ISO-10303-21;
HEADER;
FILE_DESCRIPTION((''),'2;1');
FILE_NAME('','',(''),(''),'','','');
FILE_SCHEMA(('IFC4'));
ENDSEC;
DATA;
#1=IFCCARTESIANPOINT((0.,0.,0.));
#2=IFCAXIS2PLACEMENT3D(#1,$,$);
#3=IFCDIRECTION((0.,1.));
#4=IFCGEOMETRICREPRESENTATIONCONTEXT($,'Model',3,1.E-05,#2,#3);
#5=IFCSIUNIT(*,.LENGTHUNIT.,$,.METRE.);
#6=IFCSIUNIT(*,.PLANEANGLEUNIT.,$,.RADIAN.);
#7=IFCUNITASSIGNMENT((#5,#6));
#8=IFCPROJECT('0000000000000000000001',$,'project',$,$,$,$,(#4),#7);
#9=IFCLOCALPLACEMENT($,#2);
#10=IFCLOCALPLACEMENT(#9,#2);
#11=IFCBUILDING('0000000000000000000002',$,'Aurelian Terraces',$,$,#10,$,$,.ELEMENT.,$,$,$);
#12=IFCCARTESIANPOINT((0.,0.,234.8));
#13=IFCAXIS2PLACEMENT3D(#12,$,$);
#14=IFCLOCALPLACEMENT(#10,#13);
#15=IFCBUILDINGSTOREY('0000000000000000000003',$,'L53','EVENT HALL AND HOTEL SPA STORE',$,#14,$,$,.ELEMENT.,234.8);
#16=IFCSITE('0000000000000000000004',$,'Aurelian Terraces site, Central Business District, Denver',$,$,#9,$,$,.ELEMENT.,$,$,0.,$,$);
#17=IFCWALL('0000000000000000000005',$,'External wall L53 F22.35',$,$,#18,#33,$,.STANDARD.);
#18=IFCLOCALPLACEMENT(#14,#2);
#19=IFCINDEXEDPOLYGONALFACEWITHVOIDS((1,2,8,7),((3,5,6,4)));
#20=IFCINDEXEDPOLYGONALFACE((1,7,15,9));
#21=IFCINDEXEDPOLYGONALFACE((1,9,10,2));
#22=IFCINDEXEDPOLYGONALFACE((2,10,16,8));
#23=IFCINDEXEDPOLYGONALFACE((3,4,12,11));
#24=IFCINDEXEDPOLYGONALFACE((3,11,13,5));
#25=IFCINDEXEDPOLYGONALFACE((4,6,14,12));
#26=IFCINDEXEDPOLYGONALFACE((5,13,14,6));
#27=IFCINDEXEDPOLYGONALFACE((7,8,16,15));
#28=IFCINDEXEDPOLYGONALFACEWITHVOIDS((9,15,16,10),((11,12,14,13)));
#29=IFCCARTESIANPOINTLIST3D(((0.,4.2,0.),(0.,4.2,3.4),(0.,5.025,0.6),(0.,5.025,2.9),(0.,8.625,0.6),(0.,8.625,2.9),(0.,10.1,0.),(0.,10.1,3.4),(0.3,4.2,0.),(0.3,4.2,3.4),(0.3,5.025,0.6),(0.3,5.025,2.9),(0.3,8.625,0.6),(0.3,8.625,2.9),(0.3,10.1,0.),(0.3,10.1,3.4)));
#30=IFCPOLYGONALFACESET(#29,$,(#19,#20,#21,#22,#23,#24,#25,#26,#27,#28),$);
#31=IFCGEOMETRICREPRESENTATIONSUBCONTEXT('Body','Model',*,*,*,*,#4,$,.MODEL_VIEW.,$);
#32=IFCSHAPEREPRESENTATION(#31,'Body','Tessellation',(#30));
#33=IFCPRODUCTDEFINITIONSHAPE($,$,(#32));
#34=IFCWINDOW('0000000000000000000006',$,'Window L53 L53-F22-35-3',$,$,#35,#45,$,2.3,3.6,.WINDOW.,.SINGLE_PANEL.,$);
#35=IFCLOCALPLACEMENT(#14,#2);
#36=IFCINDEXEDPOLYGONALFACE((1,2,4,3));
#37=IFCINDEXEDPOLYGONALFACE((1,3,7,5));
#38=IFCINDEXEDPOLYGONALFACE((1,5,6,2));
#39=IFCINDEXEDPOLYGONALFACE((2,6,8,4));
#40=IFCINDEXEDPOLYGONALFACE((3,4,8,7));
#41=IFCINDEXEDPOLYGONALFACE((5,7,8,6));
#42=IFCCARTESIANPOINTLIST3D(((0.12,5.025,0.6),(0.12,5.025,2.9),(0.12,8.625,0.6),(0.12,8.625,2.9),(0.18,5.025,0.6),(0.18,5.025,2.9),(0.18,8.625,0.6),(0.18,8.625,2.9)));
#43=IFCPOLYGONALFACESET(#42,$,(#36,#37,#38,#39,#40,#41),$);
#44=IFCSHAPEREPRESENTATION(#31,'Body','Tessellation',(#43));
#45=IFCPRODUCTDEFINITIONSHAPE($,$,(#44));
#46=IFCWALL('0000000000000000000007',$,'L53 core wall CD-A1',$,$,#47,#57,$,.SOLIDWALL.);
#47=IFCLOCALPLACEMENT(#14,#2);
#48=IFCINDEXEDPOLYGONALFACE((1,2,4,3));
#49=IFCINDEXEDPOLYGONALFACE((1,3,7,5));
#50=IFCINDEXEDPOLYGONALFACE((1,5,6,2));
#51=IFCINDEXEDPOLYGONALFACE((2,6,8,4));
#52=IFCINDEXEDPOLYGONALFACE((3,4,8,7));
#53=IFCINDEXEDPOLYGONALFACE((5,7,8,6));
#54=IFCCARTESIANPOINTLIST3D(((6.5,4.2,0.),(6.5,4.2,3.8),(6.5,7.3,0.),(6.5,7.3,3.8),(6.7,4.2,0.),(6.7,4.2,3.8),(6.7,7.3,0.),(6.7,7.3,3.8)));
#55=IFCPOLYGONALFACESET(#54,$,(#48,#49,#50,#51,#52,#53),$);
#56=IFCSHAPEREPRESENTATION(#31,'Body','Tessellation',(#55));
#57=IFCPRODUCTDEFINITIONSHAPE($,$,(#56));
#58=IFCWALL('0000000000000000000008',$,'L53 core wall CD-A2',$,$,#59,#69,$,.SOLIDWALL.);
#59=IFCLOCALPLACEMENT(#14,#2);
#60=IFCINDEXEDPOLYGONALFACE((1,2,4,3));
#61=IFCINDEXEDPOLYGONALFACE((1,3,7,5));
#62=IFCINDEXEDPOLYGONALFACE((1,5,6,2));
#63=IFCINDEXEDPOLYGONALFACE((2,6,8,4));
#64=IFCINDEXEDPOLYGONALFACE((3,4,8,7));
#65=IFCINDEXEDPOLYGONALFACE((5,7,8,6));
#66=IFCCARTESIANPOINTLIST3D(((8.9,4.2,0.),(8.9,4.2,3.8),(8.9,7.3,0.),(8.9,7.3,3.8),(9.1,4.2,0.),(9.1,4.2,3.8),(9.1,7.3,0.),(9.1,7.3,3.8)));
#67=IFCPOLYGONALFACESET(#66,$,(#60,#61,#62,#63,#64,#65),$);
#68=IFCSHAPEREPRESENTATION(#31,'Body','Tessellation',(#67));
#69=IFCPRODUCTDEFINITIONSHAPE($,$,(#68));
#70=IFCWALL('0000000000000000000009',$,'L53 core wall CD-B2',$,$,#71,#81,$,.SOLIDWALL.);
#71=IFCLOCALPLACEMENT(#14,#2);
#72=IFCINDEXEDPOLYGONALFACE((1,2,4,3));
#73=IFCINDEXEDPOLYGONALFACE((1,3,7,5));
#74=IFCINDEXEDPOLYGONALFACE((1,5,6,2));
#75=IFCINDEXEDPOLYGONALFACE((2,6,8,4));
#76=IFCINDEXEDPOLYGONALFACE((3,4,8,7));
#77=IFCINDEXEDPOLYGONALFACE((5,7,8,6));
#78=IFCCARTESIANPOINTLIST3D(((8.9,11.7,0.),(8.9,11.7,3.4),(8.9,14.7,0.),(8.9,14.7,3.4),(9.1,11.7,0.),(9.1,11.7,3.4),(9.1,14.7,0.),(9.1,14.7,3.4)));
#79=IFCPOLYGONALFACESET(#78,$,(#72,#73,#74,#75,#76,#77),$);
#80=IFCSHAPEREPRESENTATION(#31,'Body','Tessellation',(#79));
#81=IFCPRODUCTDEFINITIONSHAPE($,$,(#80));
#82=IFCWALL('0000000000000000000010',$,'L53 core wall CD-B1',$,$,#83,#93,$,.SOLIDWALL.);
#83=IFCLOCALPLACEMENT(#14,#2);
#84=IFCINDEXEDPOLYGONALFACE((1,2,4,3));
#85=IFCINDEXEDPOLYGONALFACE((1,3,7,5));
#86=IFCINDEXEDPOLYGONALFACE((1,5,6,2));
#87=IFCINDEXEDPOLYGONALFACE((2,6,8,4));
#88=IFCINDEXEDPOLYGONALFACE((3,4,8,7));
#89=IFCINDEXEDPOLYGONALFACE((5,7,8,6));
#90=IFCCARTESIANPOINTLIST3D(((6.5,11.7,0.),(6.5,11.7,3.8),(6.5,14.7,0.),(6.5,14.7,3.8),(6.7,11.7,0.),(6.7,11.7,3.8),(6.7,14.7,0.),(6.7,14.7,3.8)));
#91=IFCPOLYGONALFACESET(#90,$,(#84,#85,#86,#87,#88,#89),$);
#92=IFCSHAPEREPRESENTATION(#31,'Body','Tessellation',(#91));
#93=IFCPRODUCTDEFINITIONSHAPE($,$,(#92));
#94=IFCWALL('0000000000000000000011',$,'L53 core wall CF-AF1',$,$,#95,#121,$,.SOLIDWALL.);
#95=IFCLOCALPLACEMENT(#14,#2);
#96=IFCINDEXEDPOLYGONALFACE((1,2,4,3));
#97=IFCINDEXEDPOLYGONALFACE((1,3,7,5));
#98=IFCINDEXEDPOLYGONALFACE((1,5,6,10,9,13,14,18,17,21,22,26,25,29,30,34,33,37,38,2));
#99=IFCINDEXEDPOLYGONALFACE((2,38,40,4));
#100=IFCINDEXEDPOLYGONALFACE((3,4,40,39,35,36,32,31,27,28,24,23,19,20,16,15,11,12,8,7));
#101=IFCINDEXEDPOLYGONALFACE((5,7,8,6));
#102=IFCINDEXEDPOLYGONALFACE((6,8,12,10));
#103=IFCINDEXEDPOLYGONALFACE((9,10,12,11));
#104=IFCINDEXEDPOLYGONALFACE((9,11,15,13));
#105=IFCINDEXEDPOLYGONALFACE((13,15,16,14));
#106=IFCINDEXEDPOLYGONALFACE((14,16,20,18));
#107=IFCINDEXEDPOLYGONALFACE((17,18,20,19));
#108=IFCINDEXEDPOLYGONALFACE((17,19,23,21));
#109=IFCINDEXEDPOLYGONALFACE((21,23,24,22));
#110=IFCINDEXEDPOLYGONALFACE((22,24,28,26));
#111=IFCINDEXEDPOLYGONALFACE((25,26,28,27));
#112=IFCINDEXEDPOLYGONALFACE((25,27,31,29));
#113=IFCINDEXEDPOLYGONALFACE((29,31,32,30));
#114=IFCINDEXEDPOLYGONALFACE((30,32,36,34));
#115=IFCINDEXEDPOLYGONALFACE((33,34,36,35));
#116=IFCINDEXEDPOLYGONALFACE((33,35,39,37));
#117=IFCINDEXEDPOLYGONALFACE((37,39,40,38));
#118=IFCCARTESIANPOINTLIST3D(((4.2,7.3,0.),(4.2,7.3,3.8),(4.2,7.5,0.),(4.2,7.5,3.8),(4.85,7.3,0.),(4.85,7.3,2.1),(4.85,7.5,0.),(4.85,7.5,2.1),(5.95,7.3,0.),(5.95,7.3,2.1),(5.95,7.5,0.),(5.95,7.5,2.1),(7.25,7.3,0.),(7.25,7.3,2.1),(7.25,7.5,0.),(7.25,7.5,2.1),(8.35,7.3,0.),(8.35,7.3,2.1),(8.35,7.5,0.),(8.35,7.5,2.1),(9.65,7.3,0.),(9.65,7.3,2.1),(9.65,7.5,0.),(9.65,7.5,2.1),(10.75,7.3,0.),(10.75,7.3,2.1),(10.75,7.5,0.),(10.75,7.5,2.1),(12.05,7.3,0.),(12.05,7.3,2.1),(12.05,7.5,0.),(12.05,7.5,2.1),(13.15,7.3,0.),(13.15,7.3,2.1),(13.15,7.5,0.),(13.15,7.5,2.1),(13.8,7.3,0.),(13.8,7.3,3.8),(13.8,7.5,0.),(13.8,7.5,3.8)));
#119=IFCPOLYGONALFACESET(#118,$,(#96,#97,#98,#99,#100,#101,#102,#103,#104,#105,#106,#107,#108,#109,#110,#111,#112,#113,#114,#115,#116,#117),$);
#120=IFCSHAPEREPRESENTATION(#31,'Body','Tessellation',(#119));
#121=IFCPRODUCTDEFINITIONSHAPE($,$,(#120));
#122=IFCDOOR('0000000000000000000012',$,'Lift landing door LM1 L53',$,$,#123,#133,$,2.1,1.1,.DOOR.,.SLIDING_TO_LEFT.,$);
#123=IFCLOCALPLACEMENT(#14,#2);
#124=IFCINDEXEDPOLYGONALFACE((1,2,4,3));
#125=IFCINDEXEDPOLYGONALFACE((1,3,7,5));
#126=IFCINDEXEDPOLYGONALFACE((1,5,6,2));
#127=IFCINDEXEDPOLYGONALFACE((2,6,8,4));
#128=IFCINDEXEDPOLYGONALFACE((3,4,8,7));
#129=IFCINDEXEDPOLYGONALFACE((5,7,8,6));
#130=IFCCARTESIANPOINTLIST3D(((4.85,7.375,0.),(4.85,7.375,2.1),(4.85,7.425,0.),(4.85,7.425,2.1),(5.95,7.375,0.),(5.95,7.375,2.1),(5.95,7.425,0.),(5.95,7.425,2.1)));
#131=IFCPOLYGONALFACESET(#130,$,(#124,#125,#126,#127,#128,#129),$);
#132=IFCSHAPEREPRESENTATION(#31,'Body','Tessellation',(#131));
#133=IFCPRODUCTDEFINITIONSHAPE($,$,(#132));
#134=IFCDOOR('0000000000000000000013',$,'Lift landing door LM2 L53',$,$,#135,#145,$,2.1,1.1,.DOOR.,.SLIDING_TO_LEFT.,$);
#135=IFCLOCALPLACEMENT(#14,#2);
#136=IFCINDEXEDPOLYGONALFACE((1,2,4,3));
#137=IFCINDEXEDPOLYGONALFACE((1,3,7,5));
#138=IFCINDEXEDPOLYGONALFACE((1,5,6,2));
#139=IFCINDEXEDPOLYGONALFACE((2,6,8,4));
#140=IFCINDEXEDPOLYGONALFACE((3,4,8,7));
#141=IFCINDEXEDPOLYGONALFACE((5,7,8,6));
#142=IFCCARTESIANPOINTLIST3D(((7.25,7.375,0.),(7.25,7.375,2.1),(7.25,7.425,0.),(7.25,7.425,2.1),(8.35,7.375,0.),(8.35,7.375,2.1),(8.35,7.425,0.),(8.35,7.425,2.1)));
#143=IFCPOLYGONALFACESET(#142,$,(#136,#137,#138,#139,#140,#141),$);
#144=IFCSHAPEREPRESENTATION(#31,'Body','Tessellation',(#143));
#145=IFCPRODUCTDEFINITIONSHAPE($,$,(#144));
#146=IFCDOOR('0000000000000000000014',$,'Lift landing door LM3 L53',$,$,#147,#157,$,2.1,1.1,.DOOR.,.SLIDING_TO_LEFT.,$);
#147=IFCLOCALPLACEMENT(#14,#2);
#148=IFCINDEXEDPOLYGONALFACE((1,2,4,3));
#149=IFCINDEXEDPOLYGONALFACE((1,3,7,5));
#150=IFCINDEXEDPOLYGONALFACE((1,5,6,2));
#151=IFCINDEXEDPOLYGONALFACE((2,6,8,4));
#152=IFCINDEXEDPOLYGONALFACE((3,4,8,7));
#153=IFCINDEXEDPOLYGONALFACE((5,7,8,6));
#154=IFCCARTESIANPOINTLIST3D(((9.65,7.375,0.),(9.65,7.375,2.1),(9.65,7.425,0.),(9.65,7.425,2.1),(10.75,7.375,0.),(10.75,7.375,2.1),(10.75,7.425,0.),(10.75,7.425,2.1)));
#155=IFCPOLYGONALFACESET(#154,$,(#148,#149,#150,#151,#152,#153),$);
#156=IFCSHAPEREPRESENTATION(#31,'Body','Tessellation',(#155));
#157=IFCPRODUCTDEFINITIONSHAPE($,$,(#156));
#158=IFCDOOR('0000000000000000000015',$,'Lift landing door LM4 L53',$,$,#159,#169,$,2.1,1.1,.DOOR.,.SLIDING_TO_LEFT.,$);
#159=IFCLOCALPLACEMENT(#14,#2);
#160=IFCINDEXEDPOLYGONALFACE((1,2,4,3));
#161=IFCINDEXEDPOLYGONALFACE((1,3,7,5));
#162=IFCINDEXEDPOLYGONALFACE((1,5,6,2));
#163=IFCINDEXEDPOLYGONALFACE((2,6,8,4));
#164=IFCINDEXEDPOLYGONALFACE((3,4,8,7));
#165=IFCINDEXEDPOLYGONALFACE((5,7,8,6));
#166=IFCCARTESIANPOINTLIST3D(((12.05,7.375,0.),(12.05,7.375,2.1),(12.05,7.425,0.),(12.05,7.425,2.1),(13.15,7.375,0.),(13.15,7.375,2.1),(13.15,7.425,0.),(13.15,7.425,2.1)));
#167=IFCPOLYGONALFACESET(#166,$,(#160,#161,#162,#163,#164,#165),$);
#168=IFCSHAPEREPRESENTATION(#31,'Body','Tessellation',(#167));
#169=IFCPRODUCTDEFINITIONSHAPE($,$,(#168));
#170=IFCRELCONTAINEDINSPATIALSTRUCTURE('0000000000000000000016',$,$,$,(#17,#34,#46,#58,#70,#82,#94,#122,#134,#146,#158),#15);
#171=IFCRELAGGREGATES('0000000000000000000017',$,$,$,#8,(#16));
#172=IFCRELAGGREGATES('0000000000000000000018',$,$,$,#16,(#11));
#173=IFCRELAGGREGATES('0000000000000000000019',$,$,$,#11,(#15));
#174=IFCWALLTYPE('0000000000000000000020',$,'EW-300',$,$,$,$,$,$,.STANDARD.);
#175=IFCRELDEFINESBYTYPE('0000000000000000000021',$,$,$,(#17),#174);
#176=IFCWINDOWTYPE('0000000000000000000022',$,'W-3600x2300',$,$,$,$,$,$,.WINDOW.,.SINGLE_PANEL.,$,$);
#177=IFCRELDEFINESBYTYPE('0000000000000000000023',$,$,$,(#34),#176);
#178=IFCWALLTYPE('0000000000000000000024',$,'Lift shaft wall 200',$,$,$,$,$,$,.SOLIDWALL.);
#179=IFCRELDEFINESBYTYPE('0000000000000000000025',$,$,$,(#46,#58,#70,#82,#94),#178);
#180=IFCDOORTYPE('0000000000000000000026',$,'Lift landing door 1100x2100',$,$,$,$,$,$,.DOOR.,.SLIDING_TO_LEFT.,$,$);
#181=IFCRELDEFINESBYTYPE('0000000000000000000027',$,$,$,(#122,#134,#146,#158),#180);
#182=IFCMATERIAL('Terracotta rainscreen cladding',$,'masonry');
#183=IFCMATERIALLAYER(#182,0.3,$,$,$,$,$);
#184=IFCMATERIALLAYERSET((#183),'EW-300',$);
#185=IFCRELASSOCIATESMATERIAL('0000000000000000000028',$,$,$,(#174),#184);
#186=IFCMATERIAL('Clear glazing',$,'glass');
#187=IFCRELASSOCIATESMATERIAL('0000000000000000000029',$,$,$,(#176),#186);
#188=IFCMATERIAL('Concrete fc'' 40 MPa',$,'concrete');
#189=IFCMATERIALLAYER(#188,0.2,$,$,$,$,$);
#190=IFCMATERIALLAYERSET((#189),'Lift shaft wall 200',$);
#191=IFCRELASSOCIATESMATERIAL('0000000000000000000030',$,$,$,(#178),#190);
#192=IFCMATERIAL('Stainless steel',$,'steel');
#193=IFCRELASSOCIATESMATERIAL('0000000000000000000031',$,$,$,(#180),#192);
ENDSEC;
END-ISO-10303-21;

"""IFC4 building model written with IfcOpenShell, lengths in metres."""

from ifc_helpers import new_model, si_unit, direction, frame, frame_2d, origin, place, context, subcontext, project, spatial, rectangle, extrude, source, transform, mapped, material, layer, layer_set, type_object, element, fill, save


model = new_model("IFC4")

# Units and contexts
model_context = context("Model", 3, precision=1e-05, world=origin(), true_north=direction((0.0, 1.0)))
body_context = subcontext(model_context, "Body", "Model", "MODEL_VIEW")
ifc_project = project(units=[si_unit("LENGTHUNIT", "METRE"), si_unit("PLANEANGLEUNIT", "RADIAN")], contexts=[model_context])

# Site, building, storey
site_placement = place(None, origin())
site = spatial("IfcSite", under=ifc_project, at=site_placement, Name="Aurelian Terraces site, Central Business District, Denver", CompositionType="ELEMENT", RefElevation=0.0)
building_placement = place(site_placement, origin())
building = spatial("IfcBuilding", under=site, at=building_placement, Name="Aurelian Terraces", CompositionType="ELEMENT")
storey_placement = place(building_placement, frame((0.0, 0.0, 234.8)))
storey = spatial("IfcBuildingStorey", under=building, at=storey_placement, Name="L53", Description="EVENT HALL AND HOTEL SPA STORE", CompositionType="ELEMENT", Elevation=234.8)

# Wall, opening, window
ifc_material_1 = material(Name="Terracotta rainscreen cladding", Category="masonry")
ifc_layer_1 = layer(ifc_material_1, 0.3)
ifc_layer_set_1 = layer_set([ifc_layer_1], Name="EW-300")
wall_type_1 = type_object("IfcWallType", Name="EW-300", PredefinedType="STANDARD", material=ifc_layer_set_1)
ifc_material_2 = material(Name="Clear glazing", Category="glass")
shared_shape_1 = source(origin(), body_context, "Body", "SweptSolid", [
    extrude(rectangle(XDim=5.9, YDim=0.3, at=frame_2d((2.95, 0.0))), origin(), (0.0, 0.0, 1.0), 3.4),
])
wall_1_placement = place(storey_placement, frame((0.15, 10.1, 0.0), z_axis=(0.0, 0.0, 1.0), x_axis=(0.0, -1.0, 0.0)))
wall_1 = element("IfcWall", 1, at=wall_1_placement, inside=storey, type_object=wall_type_1, Name="External wall L53 F22.35", PredefinedType="STANDARD", context=body_context, shape_type="MappedRepresentation", body=[
    mapped(shared_shape_1, transform((0.0, 0.0, 0.0), scale=1.0)),
])
shared_shape_2 = source(origin(), body_context, "Body", "SweptSolid", [
    extrude(rectangle(XDim=3.6, YDim=2.3, at=frame_2d((1.8, 1.15))), frame((0.0, 0.16, 0.0), z_axis=(0.0, -1.0, 0.0), x_axis=(1.0, 0.0, 0.0)), (0.0, 0.0, 1.0), 0.32),
])
opening_1_placement = place(wall_1_placement, frame((1.475, 0.0, 0.6)))
opening_1 = element("IfcOpeningElement", 2, at=opening_1_placement, cuts=wall_1, PredefinedType="OPENING", context=body_context, shape_type="MappedRepresentation", body=[
    mapped(shared_shape_2, transform((0.0, 0.0, 0.0), scale=1.0)),
])
window_type_1 = type_object("IfcWindowType", Name="W-3600x2300", PartitioningType="SINGLE_PANEL", PredefinedType="WINDOW", material=ifc_material_2)
shared_shape_3 = source(origin(), body_context, "Body", "SweptSolid", [
    extrude(rectangle(XDim=3.6, YDim=2.3, at=frame_2d((1.8, 1.15))), frame((0.0, 0.03, 0.0), z_axis=(0.0, -1.0, 0.0), x_axis=(1.0, 0.0, 0.0)), (0.0, 0.0, 1.0), 0.06),
])
window_1_placement = place(opening_1_placement, origin())
window_1 = element("IfcWindow", 3, at=window_1_placement, inside=storey, type_object=window_type_1, Name="Window L53 L53-F22-35-3", OverallHeight=2.3, OverallWidth=3.6, PartitioningType="SINGLE_PANEL", PredefinedType="WINDOW", context=body_context, shape_type="MappedRepresentation", body=[
    mapped(shared_shape_3, transform((0.0, 0.0, 0.0), scale=1.0)),
])
fill(opening_1, window_1)

# Walls
ifc_material_3 = material(Name="Concrete fc' 40 MPa", Category="concrete")
ifc_layer_2 = layer(ifc_material_3, 0.2)
ifc_layer_set_2 = layer_set([ifc_layer_2], Name="Lift shaft wall 200")
wall_type_2 = type_object("IfcWallType", Name="Lift shaft wall 200", PredefinedType="SOLIDWALL", material=ifc_layer_set_2)
shared_shape_4 = source(origin(), body_context, "Body", "SweptSolid", [
    extrude(rectangle(XDim=3.1, YDim=0.2, at=frame_2d((1.55, 0.0))), origin(), (0.0, 0.0, 1.0), 3.8),
])
for number, where, z_axis, x_axis, name in (
    (4, (6.6, 4.2, 0.0), (0.0, 0.0, 1.0), (0.0, 1.0, 0.0), "L53 core wall CD-A1"),
    (5, (9.0, 4.2, 0.0), (0.0, 0.0, 1.0), (0.0, 1.0, 0.0), "L53 core wall CD-A2"),
):
    element("IfcWall", number, at=place(storey_placement, frame(where, z_axis=z_axis, x_axis=x_axis)), inside=storey, type_object=wall_type_2, Name=name, PredefinedType="SOLIDWALL", context=body_context, shape_type="MappedRepresentation", body=[
        mapped(shared_shape_4, transform((0.0, 0.0, 0.0), scale=1.0)),
    ])
shared_shape_5 = source(origin(), body_context, "Body", "SweptSolid", [
    extrude(rectangle(XDim=3.0, YDim=0.2, at=frame_2d((1.5, 0.0))), origin(), (0.0, 0.0, 1.0), 3.4),
])
wall_2_placement = place(storey_placement, frame((9.0, 11.7, 0.0), z_axis=(0.0, 0.0, 1.0), x_axis=(0.0, 1.0, 0.0)))
element("IfcWall", 6, at=wall_2_placement, inside=storey, type_object=wall_type_2, Name="L53 core wall CD-B2", PredefinedType="SOLIDWALL", context=body_context, shape_type="MappedRepresentation", body=[
    mapped(shared_shape_5, transform((0.0, 0.0, 0.0), scale=1.0)),
])
shared_shape_6 = source(origin(), body_context, "Body", "SweptSolid", [
    extrude(rectangle(XDim=3.0, YDim=0.2, at=frame_2d((1.5, 0.0))), origin(), (0.0, 0.0, 1.0), 3.8),
])
wall_3_placement = place(storey_placement, frame((6.6, 11.7, 0.0), z_axis=(0.0, 0.0, 1.0), x_axis=(0.0, 1.0, 0.0)))
element("IfcWall", 7, at=wall_3_placement, inside=storey, type_object=wall_type_2, Name="L53 core wall CD-B1", PredefinedType="SOLIDWALL", context=body_context, shape_type="MappedRepresentation", body=[
    mapped(shared_shape_6, transform((0.0, 0.0, 0.0), scale=1.0)),
])

# Wall, openings, doors
shared_shape_7 = source(origin(), body_context, "Body", "SweptSolid", [
    extrude(rectangle(XDim=9.6, YDim=0.2, at=frame_2d((4.8, 0.0))), origin(), (0.0, 0.0, 1.0), 3.8),
])
wall_4_placement = place(storey_placement, frame((4.2, 7.4, 0.0), z_axis=(0.0, 0.0, 1.0), x_axis=(1.0, 0.0, 0.0)))
wall_4 = element("IfcWall", 8, at=wall_4_placement, inside=storey, type_object=wall_type_2, Name="L53 core wall CF-AF1", PredefinedType="SOLIDWALL", context=body_context, shape_type="MappedRepresentation", body=[
    mapped(shared_shape_7, transform((0.0, 0.0, 0.0), scale=1.0)),
])
shared_shape_8 = source(origin(), body_context, "Body", "SweptSolid", [
    extrude(rectangle(XDim=1.1, YDim=2.1, at=frame_2d((0.55, 1.05))), frame((0.0, 0.11, 0.0), z_axis=(0.0, -1.0, 0.0), x_axis=(1.0, 0.0, 0.0)), (0.0, 0.0, 1.0), 0.22),
])
opening_2_placement = place(wall_4_placement, frame((0.65, 0.0, 0.0)))
opening_2 = element("IfcOpeningElement", 9, at=opening_2_placement, cuts=wall_4, PredefinedType="OPENING", context=body_context, shape_type="MappedRepresentation", body=[
    mapped(shared_shape_8, transform((0.0, 0.0, 0.0), scale=1.0)),
])
opening_3_placement = place(wall_4_placement, frame((3.05, 0.0, 0.0)))
opening_3 = element("IfcOpeningElement", 10, at=opening_3_placement, cuts=wall_4, PredefinedType="OPENING", context=body_context, shape_type="MappedRepresentation", body=[
    mapped(shared_shape_8, transform((0.0, 0.0, 0.0), scale=1.0)),
])
opening_4_placement = place(wall_4_placement, frame((5.45, 0.0, 0.0)))
opening_4 = element("IfcOpeningElement", 11, at=opening_4_placement, cuts=wall_4, PredefinedType="OPENING", context=body_context, shape_type="MappedRepresentation", body=[
    mapped(shared_shape_8, transform((0.0, 0.0, 0.0), scale=1.0)),
])
opening_5_placement = place(wall_4_placement, frame((7.85, 0.0, 0.0)))
opening_5 = element("IfcOpeningElement", 12, at=opening_5_placement, cuts=wall_4, PredefinedType="OPENING", context=body_context, shape_type="MappedRepresentation", body=[
    mapped(shared_shape_8, transform((0.0, 0.0, 0.0), scale=1.0)),
])
ifc_material_4 = material(Name="Stainless steel", Category="steel")
door_type_1 = type_object("IfcDoorType", Name="Lift landing door 1100x2100", OperationType="SLIDING_TO_LEFT", PredefinedType="DOOR", material=ifc_material_4)
shared_shape_9 = source(origin(), body_context, "Body", "SweptSolid", [
    extrude(rectangle(XDim=1.1, YDim=2.1, at=frame_2d((0.55, 1.05))), frame((0.0, 0.025, 0.0), z_axis=(0.0, -1.0, 0.0), x_axis=(1.0, 0.0, 0.0)), (0.0, 0.0, 1.0), 0.05),
])
door_1_placement = place(opening_2_placement, origin())
door_1 = element("IfcDoor", 13, at=door_1_placement, inside=storey, type_object=door_type_1, Name="Lift landing door LM1 L53", OperationType="SLIDING_TO_LEFT", OverallHeight=2.1, OverallWidth=1.1, PredefinedType="DOOR", context=body_context, shape_type="MappedRepresentation", body=[
    mapped(shared_shape_9, transform((0.0, 0.0, 0.0), scale=1.0)),
])
fill(opening_2, door_1)
door_2_placement = place(opening_3_placement, origin())
door_2 = element("IfcDoor", 14, at=door_2_placement, inside=storey, type_object=door_type_1, Name="Lift landing door LM2 L53", OperationType="SLIDING_TO_LEFT", OverallHeight=2.1, OverallWidth=1.1, PredefinedType="DOOR", context=body_context, shape_type="MappedRepresentation", body=[
    mapped(shared_shape_9, transform((0.0, 0.0, 0.0), scale=1.0)),
])
fill(opening_3, door_2)
door_3_placement = place(opening_4_placement, origin())
door_3 = element("IfcDoor", 15, at=door_3_placement, inside=storey, type_object=door_type_1, Name="Lift landing door LM3 L53", OperationType="SLIDING_TO_LEFT", OverallHeight=2.1, OverallWidth=1.1, PredefinedType="DOOR", context=body_context, shape_type="MappedRepresentation", body=[
    mapped(shared_shape_9, transform((0.0, 0.0, 0.0), scale=1.0)),
])
fill(opening_4, door_3)
door_4_placement = place(opening_5_placement, origin())
door_4 = element("IfcDoor", 16, at=door_4_placement, inside=storey, type_object=door_type_1, Name="Lift landing door LM4 L53", OperationType="SLIDING_TO_LEFT", OverallHeight=2.1, OverallWidth=1.1, PredefinedType="DOOR", context=body_context, shape_type="MappedRepresentation", body=[
    mapped(shared_shape_9, transform((0.0, 0.0, 0.0), scale=1.0)),
])
fill(opening_5, door_4)

save(model, "model.ifc")
